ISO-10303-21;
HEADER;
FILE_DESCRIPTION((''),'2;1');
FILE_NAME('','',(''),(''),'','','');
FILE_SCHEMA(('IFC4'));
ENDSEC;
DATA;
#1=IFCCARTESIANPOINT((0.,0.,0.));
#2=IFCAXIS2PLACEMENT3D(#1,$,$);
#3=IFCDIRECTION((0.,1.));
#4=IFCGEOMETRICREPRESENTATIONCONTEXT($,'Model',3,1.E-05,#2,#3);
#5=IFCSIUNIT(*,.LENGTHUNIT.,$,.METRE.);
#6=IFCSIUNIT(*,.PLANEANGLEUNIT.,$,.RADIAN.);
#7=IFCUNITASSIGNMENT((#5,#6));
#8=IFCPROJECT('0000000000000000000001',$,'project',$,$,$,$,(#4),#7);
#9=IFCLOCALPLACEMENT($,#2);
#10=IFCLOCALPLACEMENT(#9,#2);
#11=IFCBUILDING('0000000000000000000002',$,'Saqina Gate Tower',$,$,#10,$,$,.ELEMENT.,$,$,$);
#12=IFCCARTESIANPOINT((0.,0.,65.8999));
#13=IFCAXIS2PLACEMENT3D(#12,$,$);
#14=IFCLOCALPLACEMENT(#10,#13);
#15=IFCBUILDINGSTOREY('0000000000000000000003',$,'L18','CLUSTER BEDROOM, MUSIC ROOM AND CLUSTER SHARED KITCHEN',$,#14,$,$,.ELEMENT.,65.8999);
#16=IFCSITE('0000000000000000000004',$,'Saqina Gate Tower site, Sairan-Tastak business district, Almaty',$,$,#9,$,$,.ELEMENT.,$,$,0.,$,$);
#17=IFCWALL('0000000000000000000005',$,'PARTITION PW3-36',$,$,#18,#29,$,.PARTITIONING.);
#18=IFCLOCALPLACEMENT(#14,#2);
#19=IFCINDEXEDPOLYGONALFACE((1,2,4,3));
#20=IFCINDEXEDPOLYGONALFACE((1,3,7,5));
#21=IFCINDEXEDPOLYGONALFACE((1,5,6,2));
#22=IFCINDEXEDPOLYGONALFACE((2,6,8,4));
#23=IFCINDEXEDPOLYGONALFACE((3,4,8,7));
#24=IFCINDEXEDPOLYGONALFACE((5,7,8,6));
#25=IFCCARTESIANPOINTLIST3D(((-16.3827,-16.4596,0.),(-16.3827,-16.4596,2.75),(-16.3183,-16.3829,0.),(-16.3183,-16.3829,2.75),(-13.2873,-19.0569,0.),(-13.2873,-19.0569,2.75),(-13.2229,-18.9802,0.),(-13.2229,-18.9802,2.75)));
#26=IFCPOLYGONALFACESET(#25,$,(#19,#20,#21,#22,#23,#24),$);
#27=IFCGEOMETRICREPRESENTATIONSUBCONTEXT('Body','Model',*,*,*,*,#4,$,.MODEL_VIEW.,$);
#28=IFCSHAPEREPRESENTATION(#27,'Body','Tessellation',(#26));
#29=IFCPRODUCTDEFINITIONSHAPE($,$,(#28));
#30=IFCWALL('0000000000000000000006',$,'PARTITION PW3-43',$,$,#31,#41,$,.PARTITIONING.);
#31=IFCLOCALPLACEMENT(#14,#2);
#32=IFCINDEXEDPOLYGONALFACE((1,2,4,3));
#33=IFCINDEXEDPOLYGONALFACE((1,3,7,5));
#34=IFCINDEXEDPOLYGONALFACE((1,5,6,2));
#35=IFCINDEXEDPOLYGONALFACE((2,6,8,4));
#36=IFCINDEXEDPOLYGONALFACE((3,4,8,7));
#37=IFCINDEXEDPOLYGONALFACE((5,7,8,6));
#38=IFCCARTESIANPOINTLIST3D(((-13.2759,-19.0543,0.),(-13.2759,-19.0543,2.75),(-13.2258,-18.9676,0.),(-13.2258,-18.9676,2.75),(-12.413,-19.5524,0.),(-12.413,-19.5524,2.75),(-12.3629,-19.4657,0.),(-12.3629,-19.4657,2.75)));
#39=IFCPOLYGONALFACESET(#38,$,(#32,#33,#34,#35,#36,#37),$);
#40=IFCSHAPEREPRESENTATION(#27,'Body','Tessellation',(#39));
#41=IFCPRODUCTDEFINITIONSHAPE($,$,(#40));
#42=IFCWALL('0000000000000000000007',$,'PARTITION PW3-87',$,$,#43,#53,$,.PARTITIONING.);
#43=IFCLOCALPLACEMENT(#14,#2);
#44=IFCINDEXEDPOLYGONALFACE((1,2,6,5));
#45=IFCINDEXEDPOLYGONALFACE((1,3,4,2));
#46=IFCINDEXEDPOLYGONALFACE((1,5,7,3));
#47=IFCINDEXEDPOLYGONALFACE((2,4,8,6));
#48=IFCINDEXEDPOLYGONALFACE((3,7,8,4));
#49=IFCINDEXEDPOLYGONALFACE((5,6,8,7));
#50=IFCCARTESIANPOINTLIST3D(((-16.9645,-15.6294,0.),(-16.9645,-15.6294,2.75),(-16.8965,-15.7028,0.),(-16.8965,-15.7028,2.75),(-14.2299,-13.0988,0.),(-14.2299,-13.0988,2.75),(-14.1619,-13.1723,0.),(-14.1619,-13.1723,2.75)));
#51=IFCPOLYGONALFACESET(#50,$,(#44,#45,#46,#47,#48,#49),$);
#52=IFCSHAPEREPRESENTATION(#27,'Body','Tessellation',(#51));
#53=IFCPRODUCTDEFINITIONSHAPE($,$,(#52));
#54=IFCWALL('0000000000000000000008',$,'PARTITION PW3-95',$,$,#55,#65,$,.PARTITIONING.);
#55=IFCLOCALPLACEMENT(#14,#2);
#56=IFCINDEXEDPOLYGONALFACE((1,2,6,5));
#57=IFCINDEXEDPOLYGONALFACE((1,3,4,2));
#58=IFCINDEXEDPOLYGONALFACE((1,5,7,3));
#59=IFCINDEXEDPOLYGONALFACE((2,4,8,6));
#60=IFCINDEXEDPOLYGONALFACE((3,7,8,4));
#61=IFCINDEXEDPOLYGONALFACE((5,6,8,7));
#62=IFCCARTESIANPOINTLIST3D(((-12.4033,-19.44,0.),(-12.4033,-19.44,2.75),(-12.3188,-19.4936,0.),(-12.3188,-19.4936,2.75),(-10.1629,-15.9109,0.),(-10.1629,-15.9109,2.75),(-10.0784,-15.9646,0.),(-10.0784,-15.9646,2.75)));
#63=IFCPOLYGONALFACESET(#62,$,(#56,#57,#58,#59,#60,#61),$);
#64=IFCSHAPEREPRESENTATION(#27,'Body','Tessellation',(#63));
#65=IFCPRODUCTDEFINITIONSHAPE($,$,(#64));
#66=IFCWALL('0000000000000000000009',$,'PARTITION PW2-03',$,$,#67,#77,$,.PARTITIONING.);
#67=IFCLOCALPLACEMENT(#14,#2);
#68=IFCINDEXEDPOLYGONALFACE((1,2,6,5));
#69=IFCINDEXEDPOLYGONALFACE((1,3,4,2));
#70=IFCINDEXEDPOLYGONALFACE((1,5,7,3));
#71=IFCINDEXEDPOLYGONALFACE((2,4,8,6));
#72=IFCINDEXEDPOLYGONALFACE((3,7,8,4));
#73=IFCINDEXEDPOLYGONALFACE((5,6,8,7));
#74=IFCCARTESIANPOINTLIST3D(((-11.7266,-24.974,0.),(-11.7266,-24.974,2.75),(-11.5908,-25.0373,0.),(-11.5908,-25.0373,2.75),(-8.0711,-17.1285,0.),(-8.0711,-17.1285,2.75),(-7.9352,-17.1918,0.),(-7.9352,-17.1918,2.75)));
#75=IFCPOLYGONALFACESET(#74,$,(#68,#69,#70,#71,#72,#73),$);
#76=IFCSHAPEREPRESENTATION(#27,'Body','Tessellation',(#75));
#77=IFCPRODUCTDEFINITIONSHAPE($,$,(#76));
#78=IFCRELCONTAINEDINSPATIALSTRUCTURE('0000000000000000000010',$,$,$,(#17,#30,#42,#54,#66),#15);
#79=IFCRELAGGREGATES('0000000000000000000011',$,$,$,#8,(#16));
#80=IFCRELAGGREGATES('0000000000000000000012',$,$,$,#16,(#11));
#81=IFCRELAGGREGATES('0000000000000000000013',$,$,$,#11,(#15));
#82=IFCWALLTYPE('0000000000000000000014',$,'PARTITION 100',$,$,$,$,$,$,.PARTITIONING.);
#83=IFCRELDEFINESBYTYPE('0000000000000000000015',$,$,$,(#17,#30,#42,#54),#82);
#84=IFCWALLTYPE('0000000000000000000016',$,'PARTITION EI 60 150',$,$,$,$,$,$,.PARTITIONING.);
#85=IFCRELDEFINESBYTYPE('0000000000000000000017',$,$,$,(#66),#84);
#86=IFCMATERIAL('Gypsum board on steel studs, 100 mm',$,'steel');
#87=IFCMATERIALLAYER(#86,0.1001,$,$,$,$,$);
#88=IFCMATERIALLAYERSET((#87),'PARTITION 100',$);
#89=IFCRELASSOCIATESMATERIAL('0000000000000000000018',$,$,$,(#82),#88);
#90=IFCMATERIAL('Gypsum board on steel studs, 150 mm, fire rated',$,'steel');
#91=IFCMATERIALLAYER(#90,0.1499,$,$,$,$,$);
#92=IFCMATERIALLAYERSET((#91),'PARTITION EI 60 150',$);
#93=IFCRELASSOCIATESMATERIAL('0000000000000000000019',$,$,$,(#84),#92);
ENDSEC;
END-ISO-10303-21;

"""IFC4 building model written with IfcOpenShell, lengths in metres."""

from ifc_helpers import new_model, si_unit, direction, frame, frame_2d, origin, place, context, subcontext, project, spatial, rectangle, extrude, material, layer, layer_set, type_object, element, save


model = new_model("IFC4")

# Units and contexts
model_context = context("Model", 3, precision=1e-05, world=origin(), true_north=direction((0.0, 1.0)))
body_context = subcontext(model_context, "Body", "Model", "MODEL_VIEW")
ifc_project = project(units=[si_unit("LENGTHUNIT", "METRE"), si_unit("PLANEANGLEUNIT", "RADIAN")], contexts=[model_context])

# Site, building, storey
site_placement = place(None, origin())
site = spatial("IfcSite", under=ifc_project, at=site_placement, Name="Saqina Gate Tower site, Sairan-Tastak business district, Almaty", CompositionType="ELEMENT", RefElevation=0.0)
building_placement = place(site_placement, origin())
building = spatial("IfcBuilding", under=site, at=building_placement, Name="Saqina Gate Tower", CompositionType="ELEMENT")
storey_placement = place(building_placement, frame((0.0, 0.0, 65.8999)))
storey = spatial("IfcBuildingStorey", under=building, at=storey_placement, Name="L18", Description="CLUSTER BEDROOM, MUSIC ROOM AND CLUSTER SHARED KITCHEN", CompositionType="ELEMENT", Elevation=65.8999)

# Walls
ifc_material_1 = material(Name="Gypsum board on steel studs, 100 mm", Category="steel")
ifc_layer_1 = layer(ifc_material_1, 0.1001)
ifc_layer_set_1 = layer_set([ifc_layer_1], Name="PARTITION 100")
wall_type_1 = type_object("IfcWallType", Name="PARTITION 100", PredefinedType="PARTITIONING", material=ifc_layer_set_1)
wall_1_placement = place(storey_placement, frame((-16.3506, -16.4211, 0.0), z_axis=(0.0, 0.0, 1.0), x_axis=(0.766043, -0.64279, 0.0)))
element("IfcWall", 1, at=wall_1_placement, inside=storey, type_object=wall_type_1, Name="PARTITION PW3-36", PredefinedType="PARTITIONING", context=body_context, shape_type="SweptSolid", body=[
    extrude(rectangle(XDim=4.0408, YDim=0.1001, at=frame_2d((2.0205, 0.0))), origin(), (0.0, 0.0, 1.0), 2.75),
])
wall_2_placement = place(storey_placement, frame((-13.2507, -19.011, 0.0), z_axis=(0.0, 0.0, 1.0), x_axis=(0.866063, -0.499935, 0.0)))
element("IfcWall", 2, at=wall_2_placement, inside=storey, type_object=wall_type_1, Name="PARTITION PW3-43", PredefinedType="PARTITIONING", context=body_context, shape_type="SweptSolid", body=[
    extrude(rectangle(XDim=0.9963, YDim=0.1001, at=frame_2d((0.498, 0.0))), origin(), (0.0, 0.0, 1.0), 2.75),
])
wall_3_placement = place(storey_placement, frame((-16.9304, -15.666, 0.0), z_axis=(0.0, 0.0, 1.0), x_axis=(0.733966, 0.679186, 0.0)))
element("IfcWall", 3, at=wall_3_placement, inside=storey, type_object=wall_type_1, Name="PARTITION PW3-87", PredefinedType="PARTITIONING", context=body_context, shape_type="SweptSolid", body=[
    extrude(rectangle(XDim=3.7258, YDim=0.1001, at=frame_2d((1.8628, 0.0))), origin(), (0.0, 0.0, 1.0), 2.75),
])
wall_4_placement = place(storey_placement, frame((-12.3611, -19.4668, 0.0), z_axis=(0.0, 0.0, 1.0), x_axis=(0.535976, 0.844233, 0.0)))
element("IfcWall", 4, at=wall_4_placement, inside=storey, type_object=wall_type_1, Name="PARTITION PW3-95", PredefinedType="PARTITIONING", context=body_context, shape_type="SweptSolid", body=[
    extrude(rectangle(XDim=4.1802, YDim=0.1001, at=frame_2d((2.0901, 0.0))), origin(), (0.0, 0.0, 1.0), 2.75),
])
ifc_material_2 = material(Name="Gypsum board on steel studs, 150 mm, fire rated", Category="steel")
ifc_layer_2 = layer(ifc_material_2, 0.1499)
ifc_layer_set_2 = layer_set([ifc_layer_2], Name="PARTITION EI 60 150")
wall_type_2 = type_object("IfcWallType", Name="PARTITION EI 60 150", PredefinedType="PARTITIONING", material=ifc_layer_set_2)
wall_5_placement = place(storey_placement, frame((-11.6587, -25.0056, 0.0), z_axis=(0.0, 0.0, 1.0), x_axis=(0.422345, 0.906435, 0.0)))
element("IfcWall", 5, at=wall_5_placement, inside=storey, type_object=wall_type_2, Name="PARTITION PW2-03", PredefinedType="PARTITIONING", context=body_context, shape_type="SweptSolid", body=[
    extrude(rectangle(XDim=8.6553, YDim=0.1499, at=frame_2d((4.3276, 0.0))), origin(), (0.0, 0.0, 1.0), 2.75),
])

save(model, "model.ifc")
